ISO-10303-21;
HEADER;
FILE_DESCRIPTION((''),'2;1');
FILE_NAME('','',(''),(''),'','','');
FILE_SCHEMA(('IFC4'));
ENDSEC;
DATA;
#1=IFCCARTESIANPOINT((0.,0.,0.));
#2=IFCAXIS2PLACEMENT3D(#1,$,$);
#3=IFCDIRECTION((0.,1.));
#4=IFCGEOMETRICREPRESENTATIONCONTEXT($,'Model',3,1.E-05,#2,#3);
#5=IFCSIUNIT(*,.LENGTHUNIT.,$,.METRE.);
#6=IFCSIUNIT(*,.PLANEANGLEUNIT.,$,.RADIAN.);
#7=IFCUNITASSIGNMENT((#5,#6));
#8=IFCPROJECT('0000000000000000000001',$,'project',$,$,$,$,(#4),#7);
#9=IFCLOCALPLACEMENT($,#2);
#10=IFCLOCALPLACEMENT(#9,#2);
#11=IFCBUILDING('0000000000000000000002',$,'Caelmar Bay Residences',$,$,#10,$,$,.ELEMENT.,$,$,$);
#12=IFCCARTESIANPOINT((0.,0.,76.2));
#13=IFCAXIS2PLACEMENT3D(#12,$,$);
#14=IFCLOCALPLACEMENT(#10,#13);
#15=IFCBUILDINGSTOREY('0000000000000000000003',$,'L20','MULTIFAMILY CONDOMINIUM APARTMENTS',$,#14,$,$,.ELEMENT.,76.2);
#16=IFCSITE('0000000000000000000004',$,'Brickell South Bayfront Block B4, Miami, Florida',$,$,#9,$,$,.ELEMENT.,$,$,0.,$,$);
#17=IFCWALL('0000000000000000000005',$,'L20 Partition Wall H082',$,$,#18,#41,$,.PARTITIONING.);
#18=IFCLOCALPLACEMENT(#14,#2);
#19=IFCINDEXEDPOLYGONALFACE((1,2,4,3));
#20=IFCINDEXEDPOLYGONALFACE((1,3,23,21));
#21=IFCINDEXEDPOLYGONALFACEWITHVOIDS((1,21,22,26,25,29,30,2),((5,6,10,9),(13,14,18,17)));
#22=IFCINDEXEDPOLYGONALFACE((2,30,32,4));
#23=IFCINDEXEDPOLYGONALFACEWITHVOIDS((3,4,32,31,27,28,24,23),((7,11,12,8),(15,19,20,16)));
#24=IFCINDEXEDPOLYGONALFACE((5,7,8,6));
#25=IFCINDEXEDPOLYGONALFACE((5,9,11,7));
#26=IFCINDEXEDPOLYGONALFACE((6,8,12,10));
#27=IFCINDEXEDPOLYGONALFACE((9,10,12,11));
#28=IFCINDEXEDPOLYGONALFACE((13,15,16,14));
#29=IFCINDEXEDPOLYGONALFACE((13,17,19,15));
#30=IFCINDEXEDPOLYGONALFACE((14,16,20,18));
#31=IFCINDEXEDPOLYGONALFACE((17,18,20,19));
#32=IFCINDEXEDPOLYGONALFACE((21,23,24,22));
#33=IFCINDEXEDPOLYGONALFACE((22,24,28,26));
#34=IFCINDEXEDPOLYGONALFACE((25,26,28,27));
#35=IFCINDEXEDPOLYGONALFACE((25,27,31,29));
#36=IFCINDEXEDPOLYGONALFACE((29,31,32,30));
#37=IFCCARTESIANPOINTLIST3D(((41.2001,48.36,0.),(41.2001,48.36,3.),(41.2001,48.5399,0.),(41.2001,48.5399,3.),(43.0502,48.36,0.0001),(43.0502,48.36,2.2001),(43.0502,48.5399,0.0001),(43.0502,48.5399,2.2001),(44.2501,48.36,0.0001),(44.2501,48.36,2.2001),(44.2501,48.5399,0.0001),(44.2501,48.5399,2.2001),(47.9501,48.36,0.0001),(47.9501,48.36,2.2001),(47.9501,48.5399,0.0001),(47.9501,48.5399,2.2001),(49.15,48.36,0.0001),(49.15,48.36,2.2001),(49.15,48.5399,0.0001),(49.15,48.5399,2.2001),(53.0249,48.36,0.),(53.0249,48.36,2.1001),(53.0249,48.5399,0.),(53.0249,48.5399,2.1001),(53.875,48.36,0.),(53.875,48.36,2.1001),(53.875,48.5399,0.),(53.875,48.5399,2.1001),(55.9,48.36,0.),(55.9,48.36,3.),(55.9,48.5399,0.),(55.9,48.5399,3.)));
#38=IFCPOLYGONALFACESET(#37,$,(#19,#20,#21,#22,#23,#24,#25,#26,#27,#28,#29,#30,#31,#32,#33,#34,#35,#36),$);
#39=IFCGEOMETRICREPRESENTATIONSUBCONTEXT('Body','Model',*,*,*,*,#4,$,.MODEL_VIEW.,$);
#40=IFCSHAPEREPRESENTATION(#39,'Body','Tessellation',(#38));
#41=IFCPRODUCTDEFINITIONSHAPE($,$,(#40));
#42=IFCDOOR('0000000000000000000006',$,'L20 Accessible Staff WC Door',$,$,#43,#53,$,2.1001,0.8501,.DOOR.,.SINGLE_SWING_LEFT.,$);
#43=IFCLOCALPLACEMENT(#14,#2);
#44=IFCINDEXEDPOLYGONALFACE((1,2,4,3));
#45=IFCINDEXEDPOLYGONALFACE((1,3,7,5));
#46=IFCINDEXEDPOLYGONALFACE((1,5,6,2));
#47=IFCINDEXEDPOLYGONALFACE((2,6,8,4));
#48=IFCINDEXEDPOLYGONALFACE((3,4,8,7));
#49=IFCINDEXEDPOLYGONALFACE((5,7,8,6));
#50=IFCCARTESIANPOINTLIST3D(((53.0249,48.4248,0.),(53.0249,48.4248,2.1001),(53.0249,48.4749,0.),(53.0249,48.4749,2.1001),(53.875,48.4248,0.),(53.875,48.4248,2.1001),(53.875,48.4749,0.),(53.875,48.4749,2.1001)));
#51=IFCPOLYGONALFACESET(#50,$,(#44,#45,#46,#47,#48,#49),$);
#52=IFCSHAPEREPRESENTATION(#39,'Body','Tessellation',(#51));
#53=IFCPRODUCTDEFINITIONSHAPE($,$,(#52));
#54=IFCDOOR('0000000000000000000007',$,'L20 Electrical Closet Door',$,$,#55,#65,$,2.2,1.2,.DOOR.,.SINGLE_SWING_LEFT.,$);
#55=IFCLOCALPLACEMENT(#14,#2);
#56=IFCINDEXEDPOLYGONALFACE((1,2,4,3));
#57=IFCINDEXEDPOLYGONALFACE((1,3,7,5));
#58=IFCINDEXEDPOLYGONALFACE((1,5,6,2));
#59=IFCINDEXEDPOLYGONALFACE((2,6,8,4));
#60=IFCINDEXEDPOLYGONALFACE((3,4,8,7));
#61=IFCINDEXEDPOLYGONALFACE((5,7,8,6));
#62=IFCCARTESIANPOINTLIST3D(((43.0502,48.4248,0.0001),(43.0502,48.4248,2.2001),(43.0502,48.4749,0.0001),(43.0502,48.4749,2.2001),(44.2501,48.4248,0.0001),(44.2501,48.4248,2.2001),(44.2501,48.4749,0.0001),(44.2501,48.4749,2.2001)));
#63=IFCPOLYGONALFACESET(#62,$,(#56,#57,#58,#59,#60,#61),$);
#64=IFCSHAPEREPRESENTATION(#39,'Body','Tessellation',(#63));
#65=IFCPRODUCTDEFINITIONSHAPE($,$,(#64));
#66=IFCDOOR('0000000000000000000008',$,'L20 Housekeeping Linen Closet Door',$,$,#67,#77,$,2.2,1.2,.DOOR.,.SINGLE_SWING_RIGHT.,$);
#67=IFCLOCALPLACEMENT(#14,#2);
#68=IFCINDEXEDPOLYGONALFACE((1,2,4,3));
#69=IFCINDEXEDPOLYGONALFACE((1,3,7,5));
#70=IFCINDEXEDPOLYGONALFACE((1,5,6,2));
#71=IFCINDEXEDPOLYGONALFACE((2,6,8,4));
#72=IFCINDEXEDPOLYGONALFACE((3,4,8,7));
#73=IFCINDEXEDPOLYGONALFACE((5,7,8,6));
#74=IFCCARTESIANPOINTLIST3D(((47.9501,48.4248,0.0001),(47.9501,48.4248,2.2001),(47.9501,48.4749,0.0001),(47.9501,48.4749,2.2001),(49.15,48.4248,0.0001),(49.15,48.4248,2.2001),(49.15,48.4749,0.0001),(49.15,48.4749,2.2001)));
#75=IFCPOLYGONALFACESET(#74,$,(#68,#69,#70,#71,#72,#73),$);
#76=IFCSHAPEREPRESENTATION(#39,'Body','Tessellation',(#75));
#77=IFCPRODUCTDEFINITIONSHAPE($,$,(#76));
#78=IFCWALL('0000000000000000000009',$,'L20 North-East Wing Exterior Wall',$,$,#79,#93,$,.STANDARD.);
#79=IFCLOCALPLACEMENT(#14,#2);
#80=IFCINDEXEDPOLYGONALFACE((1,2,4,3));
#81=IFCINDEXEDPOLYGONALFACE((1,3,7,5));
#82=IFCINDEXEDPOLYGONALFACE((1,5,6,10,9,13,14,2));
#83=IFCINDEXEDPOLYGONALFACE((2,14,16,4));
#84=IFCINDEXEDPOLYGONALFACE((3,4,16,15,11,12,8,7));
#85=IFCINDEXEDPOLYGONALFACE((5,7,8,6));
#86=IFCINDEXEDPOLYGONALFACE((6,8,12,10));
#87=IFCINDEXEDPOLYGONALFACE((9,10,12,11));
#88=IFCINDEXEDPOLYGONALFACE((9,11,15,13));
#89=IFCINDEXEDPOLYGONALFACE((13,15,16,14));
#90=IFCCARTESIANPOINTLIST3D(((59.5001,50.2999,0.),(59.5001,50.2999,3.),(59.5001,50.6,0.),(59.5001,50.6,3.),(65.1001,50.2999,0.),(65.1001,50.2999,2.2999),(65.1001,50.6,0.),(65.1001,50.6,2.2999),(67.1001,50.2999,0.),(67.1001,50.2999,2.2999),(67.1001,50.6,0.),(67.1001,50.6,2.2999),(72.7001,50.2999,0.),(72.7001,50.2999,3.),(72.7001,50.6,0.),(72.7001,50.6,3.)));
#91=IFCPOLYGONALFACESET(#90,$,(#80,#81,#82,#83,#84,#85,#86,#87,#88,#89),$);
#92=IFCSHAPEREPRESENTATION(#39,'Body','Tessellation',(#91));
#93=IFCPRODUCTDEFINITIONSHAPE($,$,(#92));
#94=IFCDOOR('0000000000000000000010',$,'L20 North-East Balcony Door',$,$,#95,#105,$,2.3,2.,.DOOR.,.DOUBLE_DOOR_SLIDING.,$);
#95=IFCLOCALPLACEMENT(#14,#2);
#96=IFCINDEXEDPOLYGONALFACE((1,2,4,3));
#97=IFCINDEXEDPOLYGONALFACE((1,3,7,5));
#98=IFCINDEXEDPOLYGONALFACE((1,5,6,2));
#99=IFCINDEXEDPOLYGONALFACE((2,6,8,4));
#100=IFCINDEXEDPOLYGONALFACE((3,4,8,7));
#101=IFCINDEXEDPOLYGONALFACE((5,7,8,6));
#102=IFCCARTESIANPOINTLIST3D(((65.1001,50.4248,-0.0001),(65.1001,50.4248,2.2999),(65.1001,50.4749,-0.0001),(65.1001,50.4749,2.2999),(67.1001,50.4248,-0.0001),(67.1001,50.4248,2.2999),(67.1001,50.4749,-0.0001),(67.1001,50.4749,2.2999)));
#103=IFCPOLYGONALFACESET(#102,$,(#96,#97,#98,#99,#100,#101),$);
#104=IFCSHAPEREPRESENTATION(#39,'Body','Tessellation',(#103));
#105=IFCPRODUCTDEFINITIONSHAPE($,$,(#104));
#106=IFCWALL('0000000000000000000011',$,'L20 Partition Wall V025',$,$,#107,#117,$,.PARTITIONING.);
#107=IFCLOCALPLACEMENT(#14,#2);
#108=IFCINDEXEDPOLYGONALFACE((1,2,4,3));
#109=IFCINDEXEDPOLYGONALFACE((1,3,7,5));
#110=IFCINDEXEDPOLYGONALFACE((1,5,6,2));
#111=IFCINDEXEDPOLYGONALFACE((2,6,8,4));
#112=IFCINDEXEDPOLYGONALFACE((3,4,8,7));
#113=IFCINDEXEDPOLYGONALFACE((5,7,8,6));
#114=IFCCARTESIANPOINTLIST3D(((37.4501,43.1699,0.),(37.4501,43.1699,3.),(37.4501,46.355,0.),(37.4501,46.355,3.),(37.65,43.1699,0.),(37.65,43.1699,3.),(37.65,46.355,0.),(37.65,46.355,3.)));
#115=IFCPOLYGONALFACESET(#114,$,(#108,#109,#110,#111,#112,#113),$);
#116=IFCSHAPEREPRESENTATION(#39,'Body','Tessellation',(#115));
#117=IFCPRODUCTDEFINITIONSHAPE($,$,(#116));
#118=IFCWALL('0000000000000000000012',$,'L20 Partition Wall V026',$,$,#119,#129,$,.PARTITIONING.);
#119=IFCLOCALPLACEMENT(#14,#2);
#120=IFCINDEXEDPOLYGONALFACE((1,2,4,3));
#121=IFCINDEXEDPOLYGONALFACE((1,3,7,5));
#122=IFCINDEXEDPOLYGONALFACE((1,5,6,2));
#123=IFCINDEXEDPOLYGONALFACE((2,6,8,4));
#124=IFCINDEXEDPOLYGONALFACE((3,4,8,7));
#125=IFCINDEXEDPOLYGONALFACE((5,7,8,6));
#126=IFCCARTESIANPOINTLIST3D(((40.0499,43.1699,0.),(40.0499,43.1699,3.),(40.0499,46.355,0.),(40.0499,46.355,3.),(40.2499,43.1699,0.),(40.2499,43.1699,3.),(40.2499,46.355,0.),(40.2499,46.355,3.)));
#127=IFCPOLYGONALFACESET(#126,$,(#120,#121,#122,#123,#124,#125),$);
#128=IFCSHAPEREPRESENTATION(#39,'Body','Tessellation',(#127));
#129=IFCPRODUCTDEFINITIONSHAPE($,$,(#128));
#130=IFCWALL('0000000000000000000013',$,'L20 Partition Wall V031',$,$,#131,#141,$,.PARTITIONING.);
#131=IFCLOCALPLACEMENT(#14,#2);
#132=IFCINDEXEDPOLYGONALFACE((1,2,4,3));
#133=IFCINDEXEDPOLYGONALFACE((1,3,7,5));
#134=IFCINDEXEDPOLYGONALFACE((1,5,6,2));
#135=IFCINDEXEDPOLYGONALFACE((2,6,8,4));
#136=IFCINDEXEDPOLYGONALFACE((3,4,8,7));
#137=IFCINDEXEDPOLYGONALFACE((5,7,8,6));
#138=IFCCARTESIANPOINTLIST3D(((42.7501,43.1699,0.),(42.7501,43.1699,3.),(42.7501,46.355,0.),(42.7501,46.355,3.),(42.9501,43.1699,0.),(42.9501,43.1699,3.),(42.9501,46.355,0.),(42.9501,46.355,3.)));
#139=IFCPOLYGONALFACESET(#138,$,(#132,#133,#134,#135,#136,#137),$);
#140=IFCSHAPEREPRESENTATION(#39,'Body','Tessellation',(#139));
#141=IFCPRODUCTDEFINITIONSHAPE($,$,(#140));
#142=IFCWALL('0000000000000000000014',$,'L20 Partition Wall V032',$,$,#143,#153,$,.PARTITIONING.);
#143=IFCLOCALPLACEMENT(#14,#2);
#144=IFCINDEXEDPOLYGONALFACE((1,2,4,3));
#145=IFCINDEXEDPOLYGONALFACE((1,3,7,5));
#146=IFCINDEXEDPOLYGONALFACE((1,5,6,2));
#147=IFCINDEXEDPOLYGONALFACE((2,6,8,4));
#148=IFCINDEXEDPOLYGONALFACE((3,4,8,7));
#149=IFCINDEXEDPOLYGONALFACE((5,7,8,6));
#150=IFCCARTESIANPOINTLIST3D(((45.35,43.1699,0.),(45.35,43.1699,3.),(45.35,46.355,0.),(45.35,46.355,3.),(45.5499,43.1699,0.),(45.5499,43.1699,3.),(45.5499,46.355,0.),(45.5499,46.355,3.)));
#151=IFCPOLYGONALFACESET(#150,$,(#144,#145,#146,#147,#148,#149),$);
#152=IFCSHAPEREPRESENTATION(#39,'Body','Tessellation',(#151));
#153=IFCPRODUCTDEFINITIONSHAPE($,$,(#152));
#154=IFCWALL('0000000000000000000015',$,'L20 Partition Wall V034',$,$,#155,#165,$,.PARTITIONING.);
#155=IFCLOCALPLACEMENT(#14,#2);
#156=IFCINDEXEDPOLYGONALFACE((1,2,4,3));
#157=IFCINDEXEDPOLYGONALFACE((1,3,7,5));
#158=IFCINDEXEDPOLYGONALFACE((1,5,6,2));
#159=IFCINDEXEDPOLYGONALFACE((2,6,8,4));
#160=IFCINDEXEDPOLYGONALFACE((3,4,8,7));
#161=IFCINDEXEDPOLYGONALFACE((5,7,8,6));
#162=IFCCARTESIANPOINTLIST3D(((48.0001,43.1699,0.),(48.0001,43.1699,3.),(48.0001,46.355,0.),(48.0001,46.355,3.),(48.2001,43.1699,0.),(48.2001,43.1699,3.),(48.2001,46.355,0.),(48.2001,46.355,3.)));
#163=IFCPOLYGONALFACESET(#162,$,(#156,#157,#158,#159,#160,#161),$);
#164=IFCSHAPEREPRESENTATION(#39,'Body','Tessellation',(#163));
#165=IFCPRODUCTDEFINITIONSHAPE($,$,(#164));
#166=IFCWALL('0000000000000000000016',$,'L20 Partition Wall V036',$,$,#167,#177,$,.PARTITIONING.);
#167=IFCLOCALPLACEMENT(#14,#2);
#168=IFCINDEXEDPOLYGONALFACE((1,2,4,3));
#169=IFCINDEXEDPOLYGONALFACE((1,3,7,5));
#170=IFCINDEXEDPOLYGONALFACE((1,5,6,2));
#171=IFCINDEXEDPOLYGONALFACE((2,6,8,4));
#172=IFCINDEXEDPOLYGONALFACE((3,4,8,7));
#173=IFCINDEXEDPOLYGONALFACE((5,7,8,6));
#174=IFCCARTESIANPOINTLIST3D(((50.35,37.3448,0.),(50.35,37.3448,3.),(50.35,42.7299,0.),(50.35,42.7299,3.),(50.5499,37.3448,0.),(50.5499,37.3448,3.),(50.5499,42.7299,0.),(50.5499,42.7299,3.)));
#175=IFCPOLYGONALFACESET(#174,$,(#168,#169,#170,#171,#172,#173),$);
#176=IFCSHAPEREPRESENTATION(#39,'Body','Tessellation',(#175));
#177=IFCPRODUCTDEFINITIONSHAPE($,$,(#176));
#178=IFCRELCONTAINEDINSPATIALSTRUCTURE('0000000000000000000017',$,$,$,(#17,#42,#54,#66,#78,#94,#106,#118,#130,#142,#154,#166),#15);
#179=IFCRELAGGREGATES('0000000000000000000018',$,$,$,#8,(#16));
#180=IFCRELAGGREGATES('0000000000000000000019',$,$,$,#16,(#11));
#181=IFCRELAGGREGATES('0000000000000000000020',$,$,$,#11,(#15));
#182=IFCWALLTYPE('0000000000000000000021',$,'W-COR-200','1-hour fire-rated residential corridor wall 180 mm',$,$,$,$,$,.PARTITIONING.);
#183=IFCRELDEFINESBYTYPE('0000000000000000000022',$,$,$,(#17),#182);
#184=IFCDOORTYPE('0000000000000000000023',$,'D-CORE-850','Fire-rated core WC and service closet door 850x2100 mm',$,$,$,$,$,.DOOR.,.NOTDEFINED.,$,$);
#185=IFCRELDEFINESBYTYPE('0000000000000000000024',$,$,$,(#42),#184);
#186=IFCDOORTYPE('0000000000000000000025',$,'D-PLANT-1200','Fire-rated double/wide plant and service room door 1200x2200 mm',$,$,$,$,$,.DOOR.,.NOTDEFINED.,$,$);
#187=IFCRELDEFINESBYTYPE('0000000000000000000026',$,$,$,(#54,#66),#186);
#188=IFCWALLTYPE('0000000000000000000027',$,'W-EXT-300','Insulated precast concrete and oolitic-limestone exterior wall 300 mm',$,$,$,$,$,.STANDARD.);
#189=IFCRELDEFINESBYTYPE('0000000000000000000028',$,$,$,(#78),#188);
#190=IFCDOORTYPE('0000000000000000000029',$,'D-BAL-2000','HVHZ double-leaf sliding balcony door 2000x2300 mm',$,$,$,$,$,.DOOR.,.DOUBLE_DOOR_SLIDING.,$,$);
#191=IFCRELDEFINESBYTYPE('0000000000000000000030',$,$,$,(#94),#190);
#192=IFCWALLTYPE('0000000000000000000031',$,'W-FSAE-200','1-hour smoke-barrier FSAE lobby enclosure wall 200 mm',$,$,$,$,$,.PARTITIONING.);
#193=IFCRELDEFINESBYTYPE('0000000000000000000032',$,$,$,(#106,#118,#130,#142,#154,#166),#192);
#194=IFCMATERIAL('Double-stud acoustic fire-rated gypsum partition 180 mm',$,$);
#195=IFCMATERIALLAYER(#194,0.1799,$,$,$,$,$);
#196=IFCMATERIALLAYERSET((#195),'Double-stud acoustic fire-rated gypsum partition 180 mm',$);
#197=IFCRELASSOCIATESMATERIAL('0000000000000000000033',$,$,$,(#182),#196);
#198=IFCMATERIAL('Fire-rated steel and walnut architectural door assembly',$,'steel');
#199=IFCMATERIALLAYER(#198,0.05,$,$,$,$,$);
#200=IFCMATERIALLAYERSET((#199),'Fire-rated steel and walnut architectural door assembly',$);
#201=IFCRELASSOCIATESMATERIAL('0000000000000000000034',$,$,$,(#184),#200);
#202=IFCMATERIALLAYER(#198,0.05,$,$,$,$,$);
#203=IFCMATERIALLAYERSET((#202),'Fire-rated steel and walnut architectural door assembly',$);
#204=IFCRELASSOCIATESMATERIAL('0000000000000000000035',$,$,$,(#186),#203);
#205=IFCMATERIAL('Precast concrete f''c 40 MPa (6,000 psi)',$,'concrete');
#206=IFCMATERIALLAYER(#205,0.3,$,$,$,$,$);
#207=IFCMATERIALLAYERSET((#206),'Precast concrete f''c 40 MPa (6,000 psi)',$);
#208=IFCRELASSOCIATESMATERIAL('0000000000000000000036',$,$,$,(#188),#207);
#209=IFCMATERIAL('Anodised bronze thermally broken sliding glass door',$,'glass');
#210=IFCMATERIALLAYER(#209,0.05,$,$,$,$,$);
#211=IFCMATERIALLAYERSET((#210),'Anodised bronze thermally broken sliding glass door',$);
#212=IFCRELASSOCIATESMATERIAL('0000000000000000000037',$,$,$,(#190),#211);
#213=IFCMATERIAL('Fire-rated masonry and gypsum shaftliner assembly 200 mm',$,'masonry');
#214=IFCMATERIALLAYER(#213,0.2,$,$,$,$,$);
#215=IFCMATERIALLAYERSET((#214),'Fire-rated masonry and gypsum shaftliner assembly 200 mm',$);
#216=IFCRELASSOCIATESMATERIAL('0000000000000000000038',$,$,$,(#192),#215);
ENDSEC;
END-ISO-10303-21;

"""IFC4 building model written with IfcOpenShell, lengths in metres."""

from ifc_helpers import new_model, si_unit, direction, frame, frame_2d, origin, place, context, subcontext, project, spatial, rectangle, extrude, material, layer, layer_set, type_object, element, fill, save


model = new_model("IFC4")

# Units and contexts
model_context = context("Model", 3, precision=1e-05, world=origin(), true_north=direction((0.0, 1.0)))
body_context = subcontext(model_context, "Body", "Model", "MODEL_VIEW")
ifc_project = project(units=[si_unit("LENGTHUNIT", "METRE"), si_unit("PLANEANGLEUNIT", "RADIAN")], contexts=[model_context])

# Site, building, storey
site_placement = place(None, origin())
site = spatial("IfcSite", under=ifc_project, at=site_placement, Name="Brickell South Bayfront Block B4, Miami, Florida", CompositionType="ELEMENT", RefElevation=0.0)
building_placement = place(site_placement, origin())
building = spatial("IfcBuilding", under=site, at=building_placement, Name="Caelmar Bay Residences", CompositionType="ELEMENT")
storey_placement = place(building_placement, frame((0.0, 0.0, 76.2)))
storey = spatial("IfcBuildingStorey", under=building, at=storey_placement, Name="L20", Description="MULTIFAMILY CONDOMINIUM APARTMENTS", CompositionType="ELEMENT", Elevation=76.2)

# Shared definitions
ifc_material_1 = material(Name="Fire-rated steel and walnut architectural door assembly", Category="steel")
ifc_material_2 = material(Name="Double-stud acoustic fire-rated gypsum partition 180 mm")
ifc_layer_1 = layer(ifc_material_2, 0.1799)
ifc_layer_set_1 = layer_set([ifc_layer_1], Name="Double-stud acoustic fire-rated gypsum partition 180 mm")
wall_type_1 = type_object("IfcWallType", Name="W-COR-200", Description="1-hour fire-rated residential corridor wall 180 mm", PredefinedType="PARTITIONING", material=ifc_layer_set_1)

# Wall, openings, doors
wall_1_placement = place(storey_placement, frame((41.2, 48.45, 0.0), z_axis=(0.0, 0.0, 1.0), x_axis=(1.0, 0.0, 0.0)))
wall_1 = element("IfcWall", 1, at=wall_1_placement, inside=storey, type_object=wall_type_1, Name="L20 Partition Wall H082", PredefinedType="PARTITIONING", context=body_context, shape_type="SweptSolid", body=[
    extrude(rectangle(XDim=14.7, YDim=0.1799, at=frame_2d((7.3501, 0.0))), origin(), (0.0, 0.0, 1.0), 3.0),
])
opening_1_placement = place(wall_1_placement, frame((1.8501, 0.0, 0.0)))
opening_1 = element("IfcOpeningElement", 2, at=opening_1_placement, cuts=wall_1, PredefinedType="OPENING", context=body_context, shape_type="SweptSolid", body=[
    extrude(rectangle(XDim=1.2, YDim=2.2, at=frame_2d((0.6001, 1.1001))), frame((0.0, 0.0999, 0.0), z_axis=(0.0, -1.0, 0.0), x_axis=(1.0, 0.0, 0.0)), (0.0, 0.0, 1.0), 0.2),
])
opening_2_placement = place(wall_1_placement, frame((6.75, 0.0, 0.0)))
opening_2 = element("IfcOpeningElement", 3, at=opening_2_placement, cuts=wall_1, PredefinedType="OPENING", context=body_context, shape_type="SweptSolid", body=[
    extrude(rectangle(XDim=1.2, YDim=2.2, at=frame_2d((0.6001, 1.1001))), frame((0.0, 0.0999, 0.0), z_axis=(0.0, -1.0, 0.0), x_axis=(1.0, 0.0, 0.0)), (0.0, 0.0, 1.0), 0.2),
])
opening_3_placement = place(wall_1_placement, frame((11.825, 0.0, 0.0)))
opening_3 = element("IfcOpeningElement", 4, at=opening_3_placement, cuts=wall_1, PredefinedType="OPENING", context=body_context, shape_type="SweptSolid", body=[
    extrude(rectangle(XDim=0.8501, YDim=2.1001, at=frame_2d((0.425, 1.05))), frame((0.0, 0.0999, 0.0), z_axis=(0.0, -1.0, 0.0), x_axis=(1.0, 0.0, 0.0)), (0.0, 0.0, 1.0), 0.2),
])
ifc_layer_2 = layer(ifc_material_1, 0.05)
ifc_layer_set_2 = layer_set([ifc_layer_2], Name="Fire-rated steel and walnut architectural door assembly")
door_type_1 = type_object("IfcDoorType", Name="D-CORE-850", Description="Fire-rated core WC and service closet door 850x2100 mm", OperationType="NOTDEFINED", PredefinedType="DOOR", material=ifc_layer_set_2)
door_1_placement = place(opening_3_placement, origin())
door_1 = element("IfcDoor", 5, at=door_1_placement, inside=storey, type_object=door_type_1, Name="L20 Accessible Staff WC Door", OperationType="SINGLE_SWING_LEFT", OverallHeight=2.1001, OverallWidth=0.8501, PredefinedType="DOOR", context=body_context, shape_type="SweptSolid", body=[
    extrude(rectangle(XDim=0.8501, YDim=2.1001, at=frame_2d((0.425, 1.05))), frame((0.0, 0.0249, 0.0), z_axis=(0.0, -1.0, 0.0), x_axis=(1.0, 0.0, 0.0)), (0.0, 0.0, 1.0), 0.05),
])
fill(opening_3, door_1)
ifc_layer_3 = layer(ifc_material_1, 0.05)
ifc_layer_set_3 = layer_set([ifc_layer_3], Name="Fire-rated steel and walnut architectural door assembly")
door_type_2 = type_object("IfcDoorType", Name="D-PLANT-1200", Description="Fire-rated double/wide plant and service room door 1200x2200 mm", OperationType="NOTDEFINED", PredefinedType="DOOR", material=ifc_layer_set_3)
door_2_placement = place(opening_1_placement, origin())
door_2 = element("IfcDoor", 6, at=door_2_placement, inside=storey, type_object=door_type_2, Name="L20 Electrical Closet Door", OperationType="SINGLE_SWING_LEFT", OverallHeight=2.2, OverallWidth=1.2, PredefinedType="DOOR", context=body_context, shape_type="SweptSolid", body=[
    extrude(rectangle(XDim=1.2, YDim=2.2, at=frame_2d((0.6001, 1.1001))), frame((0.0, 0.0249, 0.0), z_axis=(0.0, -1.0, 0.0), x_axis=(1.0, 0.0, 0.0)), (0.0, 0.0, 1.0), 0.05),
])
fill(opening_1, door_2)
door_3_placement = place(opening_2_placement, origin())
door_3 = element("IfcDoor", 7, at=door_3_placement, inside=storey, type_object=door_type_2, Name="L20 Housekeeping Linen Closet Door", OperationType="SINGLE_SWING_RIGHT", OverallHeight=2.2, OverallWidth=1.2, PredefinedType="DOOR", context=body_context, shape_type="SweptSolid", body=[
    extrude(rectangle(XDim=1.2, YDim=2.2, at=frame_2d((0.6001, 1.1001))), frame((0.0, 0.0249, 0.0), z_axis=(0.0, -1.0, 0.0), x_axis=(1.0, 0.0, 0.0)), (0.0, 0.0, 1.0), 0.05),
])
fill(opening_2, door_3)

# Wall, opening, door
ifc_material_3 = material(Name="Precast concrete f'c 40 MPa (6,000 psi)", Category="concrete")
ifc_layer_4 = layer(ifc_material_3, 0.3)
ifc_layer_set_4 = layer_set([ifc_layer_4], Name="Precast concrete f'c 40 MPa (6,000 psi)")
wall_type_2 = type_object("IfcWallType", Name="W-EXT-300", Description="Insulated precast concrete and oolitic-limestone exterior wall 300 mm", PredefinedType="STANDARD", material=ifc_layer_set_4)
wall_2_placement = place(storey_placement, frame((59.5, 50.45, 0.0), z_axis=(0.0, 0.0, 1.0), x_axis=(1.0, 0.0, 0.0)))
wall_2 = element("IfcWall", 8, at=wall_2_placement, inside=storey, type_object=wall_type_2, Name="L20 North-East Wing Exterior Wall", PredefinedType="STANDARD", context=body_context, shape_type="SweptSolid", body=[
    extrude(rectangle(XDim=13.2, YDim=0.3, at=frame_2d((6.6001, 0.0))), origin(), (0.0, 0.0, 1.0), 3.0),
])
opening_4_placement = place(wall_2_placement, frame((5.6001, 0.0, 0.0)))
opening_4 = element("IfcOpeningElement", 9, at=opening_4_placement, cuts=wall_2, PredefinedType="OPENING", context=body_context, shape_type="SweptSolid", body=[
    extrude(rectangle(XDim=2.0, YDim=2.3, at=frame_2d((1.0, 1.1499))), frame((0.0, 0.1599, 0.0), z_axis=(0.0, -1.0, 0.0), x_axis=(1.0, 0.0, 0.0)), (0.0, 0.0, 1.0), 0.3201),
])
ifc_material_4 = material(Name="Anodised bronze thermally broken sliding glass door", Category="glass")
ifc_layer_5 = layer(ifc_material_4, 0.05)
ifc_layer_set_5 = layer_set([ifc_layer_5], Name="Anodised bronze thermally broken sliding glass door")
door_type_3 = type_object("IfcDoorType", Name="D-BAL-2000", Description="HVHZ double-leaf sliding balcony door 2000x2300 mm", OperationType="DOUBLE_DOOR_SLIDING", PredefinedType="DOOR", material=ifc_layer_set_5)
door_4_placement = place(opening_4_placement, origin())
door_4 = element("IfcDoor", 10, at=door_4_placement, inside=storey, type_object=door_type_3, Name="L20 North-East Balcony Door", OperationType="DOUBLE_DOOR_SLIDING", OverallHeight=2.3, OverallWidth=2.0, PredefinedType="DOOR", context=body_context, shape_type="SweptSolid", body=[
    extrude(rectangle(XDim=2.0, YDim=2.3, at=frame_2d((1.0, 1.1499))), frame((0.0, 0.0249, 0.0), z_axis=(0.0, -1.0, 0.0), x_axis=(1.0, 0.0, 0.0)), (0.0, 0.0, 1.0), 0.05),
])
fill(opening_4, door_4)

# Walls
ifc_material_5 = material(Name="Fire-rated masonry and gypsum shaftliner assembly 200 mm", Category="masonry")
ifc_layer_6 = layer(ifc_material_5, 0.2)
ifc_layer_set_6 = layer_set([ifc_layer_6], Name="Fire-rated masonry and gypsum shaftliner assembly 200 mm")
wall_type_3 = type_object("IfcWallType", Name="W-FSAE-200", Description="1-hour smoke-barrier FSAE lobby enclosure wall 200 mm", PredefinedType="PARTITIONING", material=ifc_layer_set_6)
for number, where, z_axis, x_axis, name in (
    (11, (37.55, 43.1699, 0.0), (0.0, 0.0, 1.0), (0.0, 1.0, 0.0), "L20 Partition Wall V025"),
    (12, (40.1499, 43.1699, 0.0), (0.0, 0.0, 1.0), (0.0, 1.0, 0.0), "L20 Partition Wall V026"),
    (13, (42.8501, 43.1699, 0.0), (0.0, 0.0, 1.0), (0.0, 1.0, 0.0), "L20 Partition Wall V031"),
    (14, (45.45, 43.1699, 0.0), (0.0, 0.0, 1.0), (0.0, 1.0, 0.0), "L20 Partition Wall V032"),
    (15, (48.1001, 43.1699, 0.0), (0.0, 0.0, 1.0), (0.0, 1.0, 0.0), "L20 Partition Wall V034"),
):
    element("IfcWall", number, at=place(storey_placement, frame(where, z_axis=z_axis, x_axis=x_axis)), inside=storey, type_object=wall_type_3, Name=name, PredefinedType="PARTITIONING", context=body_context, shape_type="SweptSolid", body=[
        extrude(rectangle(XDim=3.1851, YDim=0.2, at=frame_2d((1.5925, 0.0))), origin(), (0.0, 0.0, 1.0), 3.0),
    ])
wall_3_placement = place(storey_placement, frame((50.45, 37.345, 0.0), z_axis=(0.0, 0.0, 1.0), x_axis=(0.0, 1.0, 0.0)))
element("IfcWall", 16, at=wall_3_placement, inside=storey, type_object=wall_type_3, Name="L20 Partition Wall V036", PredefinedType="PARTITIONING", context=body_context, shape_type="SweptSolid", body=[
    extrude(rectangle(XDim=5.385, YDim=0.2, at=frame_2d((2.6924, 0.0))), origin(), (0.0, 0.0, 1.0), 3.0),
])

save(model, "model.ifc")
